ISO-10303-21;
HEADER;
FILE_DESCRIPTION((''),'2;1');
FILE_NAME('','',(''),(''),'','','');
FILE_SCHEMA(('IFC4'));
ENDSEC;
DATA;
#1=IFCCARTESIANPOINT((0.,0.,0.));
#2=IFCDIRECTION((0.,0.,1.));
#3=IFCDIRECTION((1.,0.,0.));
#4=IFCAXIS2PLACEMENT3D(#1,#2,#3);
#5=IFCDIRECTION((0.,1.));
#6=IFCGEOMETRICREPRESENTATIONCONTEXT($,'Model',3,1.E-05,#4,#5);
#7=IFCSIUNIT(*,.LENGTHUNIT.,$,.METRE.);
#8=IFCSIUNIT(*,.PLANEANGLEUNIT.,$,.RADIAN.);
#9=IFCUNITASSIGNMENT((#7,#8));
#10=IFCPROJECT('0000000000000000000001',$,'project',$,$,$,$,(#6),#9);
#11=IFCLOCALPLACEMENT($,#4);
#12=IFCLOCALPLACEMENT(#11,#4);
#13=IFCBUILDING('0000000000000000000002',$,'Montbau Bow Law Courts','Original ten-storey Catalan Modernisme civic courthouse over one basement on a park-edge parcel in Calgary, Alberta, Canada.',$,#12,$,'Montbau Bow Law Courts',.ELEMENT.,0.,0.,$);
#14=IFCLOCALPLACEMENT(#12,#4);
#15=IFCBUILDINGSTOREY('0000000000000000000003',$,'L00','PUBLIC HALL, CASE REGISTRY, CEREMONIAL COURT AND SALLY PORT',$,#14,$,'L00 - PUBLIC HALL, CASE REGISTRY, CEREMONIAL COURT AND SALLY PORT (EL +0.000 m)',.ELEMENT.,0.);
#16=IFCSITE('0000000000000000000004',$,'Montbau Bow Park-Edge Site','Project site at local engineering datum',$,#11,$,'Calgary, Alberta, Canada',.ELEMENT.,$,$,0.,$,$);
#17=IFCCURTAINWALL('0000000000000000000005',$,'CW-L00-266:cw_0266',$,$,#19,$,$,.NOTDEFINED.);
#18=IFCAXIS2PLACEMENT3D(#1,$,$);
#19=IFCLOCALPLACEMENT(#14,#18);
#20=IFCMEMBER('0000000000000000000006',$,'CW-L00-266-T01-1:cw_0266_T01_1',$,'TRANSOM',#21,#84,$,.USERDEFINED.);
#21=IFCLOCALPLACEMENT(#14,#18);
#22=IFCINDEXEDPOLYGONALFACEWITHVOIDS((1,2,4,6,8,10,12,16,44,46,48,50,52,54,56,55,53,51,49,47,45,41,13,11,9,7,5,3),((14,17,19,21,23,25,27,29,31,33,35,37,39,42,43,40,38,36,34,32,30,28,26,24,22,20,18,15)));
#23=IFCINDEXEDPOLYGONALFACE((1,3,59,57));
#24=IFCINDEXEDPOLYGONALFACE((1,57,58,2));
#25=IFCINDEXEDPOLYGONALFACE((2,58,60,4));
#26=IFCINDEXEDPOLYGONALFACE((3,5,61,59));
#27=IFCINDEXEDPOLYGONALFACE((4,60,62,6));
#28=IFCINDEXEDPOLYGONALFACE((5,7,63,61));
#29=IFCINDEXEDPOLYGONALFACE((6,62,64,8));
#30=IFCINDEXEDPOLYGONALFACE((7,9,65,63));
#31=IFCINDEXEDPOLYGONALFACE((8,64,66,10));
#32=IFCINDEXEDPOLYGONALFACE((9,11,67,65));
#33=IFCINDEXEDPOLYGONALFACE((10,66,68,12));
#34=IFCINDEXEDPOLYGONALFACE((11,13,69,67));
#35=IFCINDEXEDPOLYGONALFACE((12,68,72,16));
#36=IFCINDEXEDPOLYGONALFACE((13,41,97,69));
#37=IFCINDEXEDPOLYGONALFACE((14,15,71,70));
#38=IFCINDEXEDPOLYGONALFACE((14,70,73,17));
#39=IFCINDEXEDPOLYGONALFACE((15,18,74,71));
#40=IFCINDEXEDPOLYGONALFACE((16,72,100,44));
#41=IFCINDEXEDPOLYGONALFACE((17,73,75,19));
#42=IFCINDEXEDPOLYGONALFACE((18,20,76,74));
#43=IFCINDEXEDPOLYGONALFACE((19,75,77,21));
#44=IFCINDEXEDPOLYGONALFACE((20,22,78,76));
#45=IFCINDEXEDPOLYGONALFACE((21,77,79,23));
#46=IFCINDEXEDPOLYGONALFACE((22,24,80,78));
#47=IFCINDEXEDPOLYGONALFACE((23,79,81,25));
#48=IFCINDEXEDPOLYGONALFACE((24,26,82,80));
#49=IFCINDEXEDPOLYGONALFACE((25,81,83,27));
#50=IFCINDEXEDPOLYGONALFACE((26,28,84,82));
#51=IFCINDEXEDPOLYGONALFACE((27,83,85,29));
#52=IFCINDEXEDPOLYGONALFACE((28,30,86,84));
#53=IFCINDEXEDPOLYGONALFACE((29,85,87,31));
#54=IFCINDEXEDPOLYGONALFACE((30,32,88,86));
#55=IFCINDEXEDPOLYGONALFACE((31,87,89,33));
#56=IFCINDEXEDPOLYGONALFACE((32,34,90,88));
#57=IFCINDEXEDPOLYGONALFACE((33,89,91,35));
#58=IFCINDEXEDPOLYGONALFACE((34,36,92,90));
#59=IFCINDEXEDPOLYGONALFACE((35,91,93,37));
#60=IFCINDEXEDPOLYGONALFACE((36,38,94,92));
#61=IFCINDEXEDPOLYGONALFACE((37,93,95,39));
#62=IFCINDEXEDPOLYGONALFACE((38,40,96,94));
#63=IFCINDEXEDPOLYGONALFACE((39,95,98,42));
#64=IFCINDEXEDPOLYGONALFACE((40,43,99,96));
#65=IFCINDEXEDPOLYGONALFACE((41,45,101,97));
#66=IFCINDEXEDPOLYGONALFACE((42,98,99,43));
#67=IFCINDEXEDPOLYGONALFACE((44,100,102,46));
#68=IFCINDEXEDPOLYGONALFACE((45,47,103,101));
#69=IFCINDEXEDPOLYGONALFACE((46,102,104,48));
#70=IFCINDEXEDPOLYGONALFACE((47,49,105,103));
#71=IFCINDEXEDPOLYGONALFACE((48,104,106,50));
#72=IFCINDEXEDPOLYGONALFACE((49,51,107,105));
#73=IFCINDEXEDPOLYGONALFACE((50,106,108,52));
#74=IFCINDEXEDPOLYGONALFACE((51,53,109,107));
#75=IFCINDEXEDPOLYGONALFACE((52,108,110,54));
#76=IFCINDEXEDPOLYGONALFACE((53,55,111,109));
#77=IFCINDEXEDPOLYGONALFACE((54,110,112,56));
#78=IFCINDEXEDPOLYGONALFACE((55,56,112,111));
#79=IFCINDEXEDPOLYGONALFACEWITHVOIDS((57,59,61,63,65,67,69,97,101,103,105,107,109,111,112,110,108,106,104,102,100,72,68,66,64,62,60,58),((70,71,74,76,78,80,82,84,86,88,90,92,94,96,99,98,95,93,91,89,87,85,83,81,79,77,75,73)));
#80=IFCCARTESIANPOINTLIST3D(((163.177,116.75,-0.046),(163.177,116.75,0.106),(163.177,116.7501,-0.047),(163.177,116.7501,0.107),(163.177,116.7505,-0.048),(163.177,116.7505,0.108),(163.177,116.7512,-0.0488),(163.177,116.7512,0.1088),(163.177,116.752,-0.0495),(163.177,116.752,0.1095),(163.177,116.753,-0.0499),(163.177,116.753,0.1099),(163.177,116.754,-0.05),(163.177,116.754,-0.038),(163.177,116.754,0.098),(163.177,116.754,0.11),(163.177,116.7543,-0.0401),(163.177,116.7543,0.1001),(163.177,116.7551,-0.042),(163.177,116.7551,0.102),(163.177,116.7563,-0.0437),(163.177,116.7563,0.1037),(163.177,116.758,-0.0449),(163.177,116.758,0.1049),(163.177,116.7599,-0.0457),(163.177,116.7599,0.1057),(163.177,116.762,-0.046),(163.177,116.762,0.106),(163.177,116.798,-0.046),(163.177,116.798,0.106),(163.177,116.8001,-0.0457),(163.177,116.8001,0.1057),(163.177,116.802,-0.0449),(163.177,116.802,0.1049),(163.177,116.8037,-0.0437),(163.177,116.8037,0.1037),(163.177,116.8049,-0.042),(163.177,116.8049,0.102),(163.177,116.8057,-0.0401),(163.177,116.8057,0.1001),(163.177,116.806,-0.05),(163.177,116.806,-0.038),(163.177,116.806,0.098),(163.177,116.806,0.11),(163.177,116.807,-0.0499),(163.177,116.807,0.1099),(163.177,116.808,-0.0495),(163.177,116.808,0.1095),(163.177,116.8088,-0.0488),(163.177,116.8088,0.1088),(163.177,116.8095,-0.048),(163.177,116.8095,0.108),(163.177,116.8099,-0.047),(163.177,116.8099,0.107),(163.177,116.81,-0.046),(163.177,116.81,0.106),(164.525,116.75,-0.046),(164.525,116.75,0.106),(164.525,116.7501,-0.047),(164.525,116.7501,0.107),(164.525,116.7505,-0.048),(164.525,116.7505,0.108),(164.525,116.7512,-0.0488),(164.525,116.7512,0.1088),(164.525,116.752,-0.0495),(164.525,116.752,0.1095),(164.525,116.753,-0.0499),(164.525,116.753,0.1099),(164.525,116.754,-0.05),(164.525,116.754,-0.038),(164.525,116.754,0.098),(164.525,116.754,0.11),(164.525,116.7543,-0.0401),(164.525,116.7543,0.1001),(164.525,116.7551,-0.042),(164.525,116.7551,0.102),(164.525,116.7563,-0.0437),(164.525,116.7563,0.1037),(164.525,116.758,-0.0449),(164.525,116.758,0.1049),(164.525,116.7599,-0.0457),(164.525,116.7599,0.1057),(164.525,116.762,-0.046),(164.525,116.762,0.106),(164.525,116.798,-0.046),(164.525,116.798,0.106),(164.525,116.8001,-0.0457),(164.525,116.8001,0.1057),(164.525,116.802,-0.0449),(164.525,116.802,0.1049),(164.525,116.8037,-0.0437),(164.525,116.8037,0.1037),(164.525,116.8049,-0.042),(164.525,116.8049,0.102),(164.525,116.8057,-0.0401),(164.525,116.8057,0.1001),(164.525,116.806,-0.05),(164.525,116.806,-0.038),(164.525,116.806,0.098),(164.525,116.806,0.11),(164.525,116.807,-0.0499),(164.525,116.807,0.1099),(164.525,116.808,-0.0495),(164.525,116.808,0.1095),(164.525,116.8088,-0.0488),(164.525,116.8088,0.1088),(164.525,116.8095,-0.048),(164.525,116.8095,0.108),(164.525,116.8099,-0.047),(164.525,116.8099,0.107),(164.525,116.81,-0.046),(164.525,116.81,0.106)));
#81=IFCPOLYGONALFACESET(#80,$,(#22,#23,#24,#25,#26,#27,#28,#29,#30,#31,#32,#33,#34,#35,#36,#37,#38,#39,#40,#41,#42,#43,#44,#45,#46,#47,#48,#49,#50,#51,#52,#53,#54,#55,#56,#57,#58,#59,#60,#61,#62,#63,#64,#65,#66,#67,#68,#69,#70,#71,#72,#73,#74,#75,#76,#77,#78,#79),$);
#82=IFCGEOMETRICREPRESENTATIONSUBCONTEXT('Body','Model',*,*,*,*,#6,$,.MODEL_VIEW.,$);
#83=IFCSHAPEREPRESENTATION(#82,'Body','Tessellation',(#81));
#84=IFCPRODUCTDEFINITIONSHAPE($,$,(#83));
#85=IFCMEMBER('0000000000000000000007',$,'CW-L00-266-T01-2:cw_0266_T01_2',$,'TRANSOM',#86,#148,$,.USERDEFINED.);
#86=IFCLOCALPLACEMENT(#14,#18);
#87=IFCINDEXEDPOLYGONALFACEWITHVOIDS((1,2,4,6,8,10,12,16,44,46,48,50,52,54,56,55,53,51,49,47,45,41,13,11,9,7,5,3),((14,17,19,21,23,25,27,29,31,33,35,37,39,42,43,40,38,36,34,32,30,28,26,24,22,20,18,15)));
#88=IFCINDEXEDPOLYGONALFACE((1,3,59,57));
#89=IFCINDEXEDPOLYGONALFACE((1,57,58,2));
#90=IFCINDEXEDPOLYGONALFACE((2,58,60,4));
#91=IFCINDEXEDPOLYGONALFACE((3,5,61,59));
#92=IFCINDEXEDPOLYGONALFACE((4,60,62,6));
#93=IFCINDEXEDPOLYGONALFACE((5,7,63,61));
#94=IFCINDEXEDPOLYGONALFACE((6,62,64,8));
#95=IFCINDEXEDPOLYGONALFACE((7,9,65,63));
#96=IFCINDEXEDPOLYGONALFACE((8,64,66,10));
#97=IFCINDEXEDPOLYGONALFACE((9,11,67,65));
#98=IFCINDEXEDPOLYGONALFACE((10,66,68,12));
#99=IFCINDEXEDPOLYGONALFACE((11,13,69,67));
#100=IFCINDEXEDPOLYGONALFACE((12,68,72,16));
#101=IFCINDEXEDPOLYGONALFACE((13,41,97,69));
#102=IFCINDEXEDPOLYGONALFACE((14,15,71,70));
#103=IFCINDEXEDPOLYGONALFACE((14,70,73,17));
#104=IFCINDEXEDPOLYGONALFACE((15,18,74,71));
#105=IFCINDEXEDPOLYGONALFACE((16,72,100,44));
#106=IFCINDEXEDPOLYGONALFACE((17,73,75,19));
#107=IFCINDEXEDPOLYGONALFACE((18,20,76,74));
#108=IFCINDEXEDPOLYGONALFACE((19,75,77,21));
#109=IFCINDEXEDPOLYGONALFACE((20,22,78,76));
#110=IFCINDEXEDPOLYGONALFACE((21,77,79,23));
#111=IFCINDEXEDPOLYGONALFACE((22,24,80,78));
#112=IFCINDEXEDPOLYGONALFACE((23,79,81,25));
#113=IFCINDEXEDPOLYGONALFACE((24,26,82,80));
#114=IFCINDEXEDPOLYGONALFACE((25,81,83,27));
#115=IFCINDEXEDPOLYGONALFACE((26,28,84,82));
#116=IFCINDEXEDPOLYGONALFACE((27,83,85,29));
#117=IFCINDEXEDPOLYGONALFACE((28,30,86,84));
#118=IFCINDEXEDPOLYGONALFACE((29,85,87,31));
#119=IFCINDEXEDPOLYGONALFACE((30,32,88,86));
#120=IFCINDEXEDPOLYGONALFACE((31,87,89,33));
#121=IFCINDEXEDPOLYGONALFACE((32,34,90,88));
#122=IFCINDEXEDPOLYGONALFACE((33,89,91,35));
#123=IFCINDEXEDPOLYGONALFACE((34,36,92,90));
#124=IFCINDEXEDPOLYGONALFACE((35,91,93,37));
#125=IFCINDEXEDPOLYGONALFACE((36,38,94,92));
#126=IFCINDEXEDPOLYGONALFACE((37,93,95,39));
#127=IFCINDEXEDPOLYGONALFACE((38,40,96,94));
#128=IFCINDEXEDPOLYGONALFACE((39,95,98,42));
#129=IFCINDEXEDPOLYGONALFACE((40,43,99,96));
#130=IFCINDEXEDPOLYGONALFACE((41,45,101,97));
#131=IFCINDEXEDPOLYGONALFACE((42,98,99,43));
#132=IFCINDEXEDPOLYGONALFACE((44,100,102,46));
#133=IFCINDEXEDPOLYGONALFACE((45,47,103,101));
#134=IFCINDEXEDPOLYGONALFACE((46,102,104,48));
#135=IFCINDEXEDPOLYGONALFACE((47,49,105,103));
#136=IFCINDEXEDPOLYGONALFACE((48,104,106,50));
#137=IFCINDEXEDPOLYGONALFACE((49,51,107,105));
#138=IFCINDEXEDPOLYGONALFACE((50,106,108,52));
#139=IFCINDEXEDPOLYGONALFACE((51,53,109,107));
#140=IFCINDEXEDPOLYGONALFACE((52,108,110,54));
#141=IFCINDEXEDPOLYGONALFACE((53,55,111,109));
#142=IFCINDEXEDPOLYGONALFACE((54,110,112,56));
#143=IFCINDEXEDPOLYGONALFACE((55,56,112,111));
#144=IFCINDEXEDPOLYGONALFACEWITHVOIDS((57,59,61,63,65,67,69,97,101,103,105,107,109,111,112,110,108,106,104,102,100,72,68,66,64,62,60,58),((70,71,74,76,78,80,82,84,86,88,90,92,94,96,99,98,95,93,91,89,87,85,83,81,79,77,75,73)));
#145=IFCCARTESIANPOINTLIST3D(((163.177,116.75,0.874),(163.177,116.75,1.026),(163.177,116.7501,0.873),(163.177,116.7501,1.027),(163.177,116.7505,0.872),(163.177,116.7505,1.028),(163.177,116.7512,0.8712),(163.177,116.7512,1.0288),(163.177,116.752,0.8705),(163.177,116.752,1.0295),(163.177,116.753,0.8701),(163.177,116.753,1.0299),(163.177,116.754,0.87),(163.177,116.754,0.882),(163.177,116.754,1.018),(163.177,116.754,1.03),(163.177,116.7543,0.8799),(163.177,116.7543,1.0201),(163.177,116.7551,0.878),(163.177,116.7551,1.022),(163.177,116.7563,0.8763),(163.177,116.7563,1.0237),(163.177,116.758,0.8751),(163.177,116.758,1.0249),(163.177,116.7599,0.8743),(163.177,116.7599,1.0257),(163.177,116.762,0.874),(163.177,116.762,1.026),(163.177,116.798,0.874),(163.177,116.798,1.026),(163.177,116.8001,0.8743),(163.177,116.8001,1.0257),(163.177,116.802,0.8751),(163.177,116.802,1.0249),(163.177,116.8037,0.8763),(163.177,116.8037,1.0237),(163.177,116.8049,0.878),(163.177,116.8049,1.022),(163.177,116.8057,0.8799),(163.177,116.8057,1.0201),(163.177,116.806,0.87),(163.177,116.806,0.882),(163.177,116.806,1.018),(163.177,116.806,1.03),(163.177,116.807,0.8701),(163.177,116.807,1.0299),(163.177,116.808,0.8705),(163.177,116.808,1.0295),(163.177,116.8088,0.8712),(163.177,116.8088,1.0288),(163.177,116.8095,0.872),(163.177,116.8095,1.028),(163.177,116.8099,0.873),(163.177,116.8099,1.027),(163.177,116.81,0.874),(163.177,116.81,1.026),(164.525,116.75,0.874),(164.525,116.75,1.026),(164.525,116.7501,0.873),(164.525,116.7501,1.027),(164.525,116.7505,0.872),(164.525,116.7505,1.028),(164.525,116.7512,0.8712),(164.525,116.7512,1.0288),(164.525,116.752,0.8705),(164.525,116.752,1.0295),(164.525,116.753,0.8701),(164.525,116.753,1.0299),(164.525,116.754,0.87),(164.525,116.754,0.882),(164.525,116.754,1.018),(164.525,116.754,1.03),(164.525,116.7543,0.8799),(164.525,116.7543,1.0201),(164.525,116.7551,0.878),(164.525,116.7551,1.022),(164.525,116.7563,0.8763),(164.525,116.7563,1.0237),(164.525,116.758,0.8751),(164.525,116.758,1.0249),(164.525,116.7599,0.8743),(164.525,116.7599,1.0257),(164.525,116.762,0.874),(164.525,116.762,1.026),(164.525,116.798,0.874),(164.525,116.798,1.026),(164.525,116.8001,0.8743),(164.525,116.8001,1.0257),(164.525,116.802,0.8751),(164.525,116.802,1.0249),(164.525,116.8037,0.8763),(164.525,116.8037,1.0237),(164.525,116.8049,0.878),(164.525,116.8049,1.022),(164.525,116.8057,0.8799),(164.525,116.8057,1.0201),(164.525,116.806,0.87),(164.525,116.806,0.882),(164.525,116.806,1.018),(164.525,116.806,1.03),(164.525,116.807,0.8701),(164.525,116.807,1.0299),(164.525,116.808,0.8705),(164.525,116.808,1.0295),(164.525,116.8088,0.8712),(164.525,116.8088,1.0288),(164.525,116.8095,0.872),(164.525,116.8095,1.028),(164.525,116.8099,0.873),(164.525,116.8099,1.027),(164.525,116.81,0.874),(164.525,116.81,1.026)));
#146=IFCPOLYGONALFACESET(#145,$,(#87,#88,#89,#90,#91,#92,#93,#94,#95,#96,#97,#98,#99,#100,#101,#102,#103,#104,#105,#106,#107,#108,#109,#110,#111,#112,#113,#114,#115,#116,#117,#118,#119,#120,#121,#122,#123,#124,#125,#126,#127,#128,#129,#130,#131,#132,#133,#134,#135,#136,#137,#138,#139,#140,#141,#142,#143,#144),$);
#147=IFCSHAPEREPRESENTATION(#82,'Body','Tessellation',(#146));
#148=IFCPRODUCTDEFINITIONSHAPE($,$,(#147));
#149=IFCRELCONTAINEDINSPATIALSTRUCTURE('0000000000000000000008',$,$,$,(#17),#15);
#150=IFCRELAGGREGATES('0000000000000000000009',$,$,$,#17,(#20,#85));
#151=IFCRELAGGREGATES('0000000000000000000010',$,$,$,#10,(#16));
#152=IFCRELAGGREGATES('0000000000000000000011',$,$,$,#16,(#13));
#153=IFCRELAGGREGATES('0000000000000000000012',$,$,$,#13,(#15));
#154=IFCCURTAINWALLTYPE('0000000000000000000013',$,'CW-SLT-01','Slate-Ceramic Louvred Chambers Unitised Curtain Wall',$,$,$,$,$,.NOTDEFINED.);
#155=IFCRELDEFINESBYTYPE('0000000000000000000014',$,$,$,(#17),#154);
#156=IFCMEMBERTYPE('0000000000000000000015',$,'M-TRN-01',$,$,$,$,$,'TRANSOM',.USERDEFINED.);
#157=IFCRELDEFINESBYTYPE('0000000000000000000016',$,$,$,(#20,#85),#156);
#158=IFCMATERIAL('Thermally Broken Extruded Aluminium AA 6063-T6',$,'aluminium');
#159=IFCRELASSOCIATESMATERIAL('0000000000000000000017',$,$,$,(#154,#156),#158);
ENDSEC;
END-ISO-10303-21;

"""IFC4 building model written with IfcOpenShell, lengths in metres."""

from ifc_helpers import new_model, si_unit, direction, frame, origin_with_axes, origin_2d_with_axis, place, context, subcontext, project, spatial, hollow_rectangle, extrude, material, material_profile, profile_set, type_object, element, aggregate, save


model = new_model("IFC4")

# Units and contexts
model_context = context("Model", 3, precision=1e-05, world=origin_with_axes(), true_north=direction((0.0, 1.0)))
body_context = subcontext(model_context, "Body", "Model", "MODEL_VIEW")
ifc_project = project(units=[si_unit("LENGTHUNIT", "METRE"), si_unit("PLANEANGLEUNIT", "RADIAN")], contexts=[model_context])

# Site, building, storey
site_placement = place(None, origin_with_axes())
site = spatial("IfcSite", under=ifc_project, at=site_placement, Name="Montbau Bow Park-Edge Site", Description="Project site at local engineering datum", LongName="Calgary, Alberta, Canada", CompositionType="ELEMENT", RefElevation=0.0)
building_placement = place(site_placement, origin_with_axes())
building = spatial("IfcBuilding", under=site, at=building_placement, Name="Montbau Bow Law Courts", Description="Original ten-storey Catalan Modernisme civic courthouse over one basement on a park-edge parcel in Calgary, Alberta, Canada.", LongName="Montbau Bow Law Courts", CompositionType="ELEMENT", ElevationOfRefHeight=0.0, ElevationOfTerrain=0.0)
storey_placement = place(building_placement, origin_with_axes())
storey = spatial("IfcBuildingStorey", under=building, at=storey_placement, Name="L00", Description="PUBLIC HALL, CASE REGISTRY, CEREMONIAL COURT AND SALLY PORT", LongName="L00 - PUBLIC HALL, CASE REGISTRY, CEREMONIAL COURT AND SALLY PORT (EL +0.000 m)", CompositionType="ELEMENT", Elevation=0.0)

# Curtain wall, members
ifc_material_1 = material(Name="Thermally Broken Extruded Aluminium AA 6063-T6", Category="aluminium")
curtain_wall_type = type_object("IfcCurtainWallType", Name="CW-SLT-01", Description="Slate-Ceramic Louvred Chambers Unitised Curtain Wall", PredefinedType="NOTDEFINED", material=ifc_material_1)
curtain_wall_placement = place(None, frame((163.115, 116.78, 0.0), z_axis=(0.0, 0.0, 1.0), x_axis=(1.0, 0.0, 0.0)))
curtain_wall = element("IfcCurtainWall", 1, at=curtain_wall_placement, inside=storey, type_object=curtain_wall_type, Name="CW-L00-266:cw_0266", PredefinedType="NOTDEFINED")
ifc_material_profile_1 = material_profile(ifc_material_1, hollow_rectangle(XDim=0.06, YDim=0.16, WallThickness=0.004, InnerFilletRadius=0.008, OuterFilletRadius=0.004, at=origin_2d_with_axis()), Name="CWT-160X60", Category="Main", Priority=0)
ifc_profile_set_1 = profile_set([ifc_material_profile_1], Name="Thermally Broken Extruded Aluminium AA 6063-T6")
member_type_1 = type_object("IfcMemberType", Name="M-TRN-01", ElementType="TRANSOM", PredefinedType="USERDEFINED", material=ifc_profile_set_1)
member_1_placement = place(None, frame((163.177, 116.78, 0.03), z_axis=(1.0, 0.0, 0.0), x_axis=(0.0, 1.0, 0.0)))
member_1 = element("IfcMember", 2, at=member_1_placement, type_object=member_type_1, Name="CW-L00-266-T01-1:cw_0266_T01_1", ObjectType="TRANSOM", PredefinedType="USERDEFINED", context=body_context, shape_type="SweptSolid", body=[
    extrude(hollow_rectangle(XDim=0.06, YDim=0.16, WallThickness=0.004, InnerFilletRadius=0.008, OuterFilletRadius=0.004, at=origin_2d_with_axis()), origin_with_axes(), (0.0, 0.0, 1.0), 1.348),
])
member_2_placement = place(None, frame((163.177, 116.78, 0.95), z_axis=(1.0, 0.0, 0.0), x_axis=(0.0, 1.0, 0.0)))
member_2 = element("IfcMember", 3, at=member_2_placement, type_object=member_type_1, Name="CW-L00-266-T01-2:cw_0266_T01_2", ObjectType="TRANSOM", PredefinedType="USERDEFINED", context=body_context, shape_type="SweptSolid", body=[
    extrude(hollow_rectangle(XDim=0.06, YDim=0.16, WallThickness=0.004, InnerFilletRadius=0.008, OuterFilletRadius=0.004, at=origin_2d_with_axis()), origin_with_axes(), (0.0, 0.0, 1.0), 1.348),
])
aggregate(curtain_wall, [member_1, member_2])

save(model, "model.ifc")
